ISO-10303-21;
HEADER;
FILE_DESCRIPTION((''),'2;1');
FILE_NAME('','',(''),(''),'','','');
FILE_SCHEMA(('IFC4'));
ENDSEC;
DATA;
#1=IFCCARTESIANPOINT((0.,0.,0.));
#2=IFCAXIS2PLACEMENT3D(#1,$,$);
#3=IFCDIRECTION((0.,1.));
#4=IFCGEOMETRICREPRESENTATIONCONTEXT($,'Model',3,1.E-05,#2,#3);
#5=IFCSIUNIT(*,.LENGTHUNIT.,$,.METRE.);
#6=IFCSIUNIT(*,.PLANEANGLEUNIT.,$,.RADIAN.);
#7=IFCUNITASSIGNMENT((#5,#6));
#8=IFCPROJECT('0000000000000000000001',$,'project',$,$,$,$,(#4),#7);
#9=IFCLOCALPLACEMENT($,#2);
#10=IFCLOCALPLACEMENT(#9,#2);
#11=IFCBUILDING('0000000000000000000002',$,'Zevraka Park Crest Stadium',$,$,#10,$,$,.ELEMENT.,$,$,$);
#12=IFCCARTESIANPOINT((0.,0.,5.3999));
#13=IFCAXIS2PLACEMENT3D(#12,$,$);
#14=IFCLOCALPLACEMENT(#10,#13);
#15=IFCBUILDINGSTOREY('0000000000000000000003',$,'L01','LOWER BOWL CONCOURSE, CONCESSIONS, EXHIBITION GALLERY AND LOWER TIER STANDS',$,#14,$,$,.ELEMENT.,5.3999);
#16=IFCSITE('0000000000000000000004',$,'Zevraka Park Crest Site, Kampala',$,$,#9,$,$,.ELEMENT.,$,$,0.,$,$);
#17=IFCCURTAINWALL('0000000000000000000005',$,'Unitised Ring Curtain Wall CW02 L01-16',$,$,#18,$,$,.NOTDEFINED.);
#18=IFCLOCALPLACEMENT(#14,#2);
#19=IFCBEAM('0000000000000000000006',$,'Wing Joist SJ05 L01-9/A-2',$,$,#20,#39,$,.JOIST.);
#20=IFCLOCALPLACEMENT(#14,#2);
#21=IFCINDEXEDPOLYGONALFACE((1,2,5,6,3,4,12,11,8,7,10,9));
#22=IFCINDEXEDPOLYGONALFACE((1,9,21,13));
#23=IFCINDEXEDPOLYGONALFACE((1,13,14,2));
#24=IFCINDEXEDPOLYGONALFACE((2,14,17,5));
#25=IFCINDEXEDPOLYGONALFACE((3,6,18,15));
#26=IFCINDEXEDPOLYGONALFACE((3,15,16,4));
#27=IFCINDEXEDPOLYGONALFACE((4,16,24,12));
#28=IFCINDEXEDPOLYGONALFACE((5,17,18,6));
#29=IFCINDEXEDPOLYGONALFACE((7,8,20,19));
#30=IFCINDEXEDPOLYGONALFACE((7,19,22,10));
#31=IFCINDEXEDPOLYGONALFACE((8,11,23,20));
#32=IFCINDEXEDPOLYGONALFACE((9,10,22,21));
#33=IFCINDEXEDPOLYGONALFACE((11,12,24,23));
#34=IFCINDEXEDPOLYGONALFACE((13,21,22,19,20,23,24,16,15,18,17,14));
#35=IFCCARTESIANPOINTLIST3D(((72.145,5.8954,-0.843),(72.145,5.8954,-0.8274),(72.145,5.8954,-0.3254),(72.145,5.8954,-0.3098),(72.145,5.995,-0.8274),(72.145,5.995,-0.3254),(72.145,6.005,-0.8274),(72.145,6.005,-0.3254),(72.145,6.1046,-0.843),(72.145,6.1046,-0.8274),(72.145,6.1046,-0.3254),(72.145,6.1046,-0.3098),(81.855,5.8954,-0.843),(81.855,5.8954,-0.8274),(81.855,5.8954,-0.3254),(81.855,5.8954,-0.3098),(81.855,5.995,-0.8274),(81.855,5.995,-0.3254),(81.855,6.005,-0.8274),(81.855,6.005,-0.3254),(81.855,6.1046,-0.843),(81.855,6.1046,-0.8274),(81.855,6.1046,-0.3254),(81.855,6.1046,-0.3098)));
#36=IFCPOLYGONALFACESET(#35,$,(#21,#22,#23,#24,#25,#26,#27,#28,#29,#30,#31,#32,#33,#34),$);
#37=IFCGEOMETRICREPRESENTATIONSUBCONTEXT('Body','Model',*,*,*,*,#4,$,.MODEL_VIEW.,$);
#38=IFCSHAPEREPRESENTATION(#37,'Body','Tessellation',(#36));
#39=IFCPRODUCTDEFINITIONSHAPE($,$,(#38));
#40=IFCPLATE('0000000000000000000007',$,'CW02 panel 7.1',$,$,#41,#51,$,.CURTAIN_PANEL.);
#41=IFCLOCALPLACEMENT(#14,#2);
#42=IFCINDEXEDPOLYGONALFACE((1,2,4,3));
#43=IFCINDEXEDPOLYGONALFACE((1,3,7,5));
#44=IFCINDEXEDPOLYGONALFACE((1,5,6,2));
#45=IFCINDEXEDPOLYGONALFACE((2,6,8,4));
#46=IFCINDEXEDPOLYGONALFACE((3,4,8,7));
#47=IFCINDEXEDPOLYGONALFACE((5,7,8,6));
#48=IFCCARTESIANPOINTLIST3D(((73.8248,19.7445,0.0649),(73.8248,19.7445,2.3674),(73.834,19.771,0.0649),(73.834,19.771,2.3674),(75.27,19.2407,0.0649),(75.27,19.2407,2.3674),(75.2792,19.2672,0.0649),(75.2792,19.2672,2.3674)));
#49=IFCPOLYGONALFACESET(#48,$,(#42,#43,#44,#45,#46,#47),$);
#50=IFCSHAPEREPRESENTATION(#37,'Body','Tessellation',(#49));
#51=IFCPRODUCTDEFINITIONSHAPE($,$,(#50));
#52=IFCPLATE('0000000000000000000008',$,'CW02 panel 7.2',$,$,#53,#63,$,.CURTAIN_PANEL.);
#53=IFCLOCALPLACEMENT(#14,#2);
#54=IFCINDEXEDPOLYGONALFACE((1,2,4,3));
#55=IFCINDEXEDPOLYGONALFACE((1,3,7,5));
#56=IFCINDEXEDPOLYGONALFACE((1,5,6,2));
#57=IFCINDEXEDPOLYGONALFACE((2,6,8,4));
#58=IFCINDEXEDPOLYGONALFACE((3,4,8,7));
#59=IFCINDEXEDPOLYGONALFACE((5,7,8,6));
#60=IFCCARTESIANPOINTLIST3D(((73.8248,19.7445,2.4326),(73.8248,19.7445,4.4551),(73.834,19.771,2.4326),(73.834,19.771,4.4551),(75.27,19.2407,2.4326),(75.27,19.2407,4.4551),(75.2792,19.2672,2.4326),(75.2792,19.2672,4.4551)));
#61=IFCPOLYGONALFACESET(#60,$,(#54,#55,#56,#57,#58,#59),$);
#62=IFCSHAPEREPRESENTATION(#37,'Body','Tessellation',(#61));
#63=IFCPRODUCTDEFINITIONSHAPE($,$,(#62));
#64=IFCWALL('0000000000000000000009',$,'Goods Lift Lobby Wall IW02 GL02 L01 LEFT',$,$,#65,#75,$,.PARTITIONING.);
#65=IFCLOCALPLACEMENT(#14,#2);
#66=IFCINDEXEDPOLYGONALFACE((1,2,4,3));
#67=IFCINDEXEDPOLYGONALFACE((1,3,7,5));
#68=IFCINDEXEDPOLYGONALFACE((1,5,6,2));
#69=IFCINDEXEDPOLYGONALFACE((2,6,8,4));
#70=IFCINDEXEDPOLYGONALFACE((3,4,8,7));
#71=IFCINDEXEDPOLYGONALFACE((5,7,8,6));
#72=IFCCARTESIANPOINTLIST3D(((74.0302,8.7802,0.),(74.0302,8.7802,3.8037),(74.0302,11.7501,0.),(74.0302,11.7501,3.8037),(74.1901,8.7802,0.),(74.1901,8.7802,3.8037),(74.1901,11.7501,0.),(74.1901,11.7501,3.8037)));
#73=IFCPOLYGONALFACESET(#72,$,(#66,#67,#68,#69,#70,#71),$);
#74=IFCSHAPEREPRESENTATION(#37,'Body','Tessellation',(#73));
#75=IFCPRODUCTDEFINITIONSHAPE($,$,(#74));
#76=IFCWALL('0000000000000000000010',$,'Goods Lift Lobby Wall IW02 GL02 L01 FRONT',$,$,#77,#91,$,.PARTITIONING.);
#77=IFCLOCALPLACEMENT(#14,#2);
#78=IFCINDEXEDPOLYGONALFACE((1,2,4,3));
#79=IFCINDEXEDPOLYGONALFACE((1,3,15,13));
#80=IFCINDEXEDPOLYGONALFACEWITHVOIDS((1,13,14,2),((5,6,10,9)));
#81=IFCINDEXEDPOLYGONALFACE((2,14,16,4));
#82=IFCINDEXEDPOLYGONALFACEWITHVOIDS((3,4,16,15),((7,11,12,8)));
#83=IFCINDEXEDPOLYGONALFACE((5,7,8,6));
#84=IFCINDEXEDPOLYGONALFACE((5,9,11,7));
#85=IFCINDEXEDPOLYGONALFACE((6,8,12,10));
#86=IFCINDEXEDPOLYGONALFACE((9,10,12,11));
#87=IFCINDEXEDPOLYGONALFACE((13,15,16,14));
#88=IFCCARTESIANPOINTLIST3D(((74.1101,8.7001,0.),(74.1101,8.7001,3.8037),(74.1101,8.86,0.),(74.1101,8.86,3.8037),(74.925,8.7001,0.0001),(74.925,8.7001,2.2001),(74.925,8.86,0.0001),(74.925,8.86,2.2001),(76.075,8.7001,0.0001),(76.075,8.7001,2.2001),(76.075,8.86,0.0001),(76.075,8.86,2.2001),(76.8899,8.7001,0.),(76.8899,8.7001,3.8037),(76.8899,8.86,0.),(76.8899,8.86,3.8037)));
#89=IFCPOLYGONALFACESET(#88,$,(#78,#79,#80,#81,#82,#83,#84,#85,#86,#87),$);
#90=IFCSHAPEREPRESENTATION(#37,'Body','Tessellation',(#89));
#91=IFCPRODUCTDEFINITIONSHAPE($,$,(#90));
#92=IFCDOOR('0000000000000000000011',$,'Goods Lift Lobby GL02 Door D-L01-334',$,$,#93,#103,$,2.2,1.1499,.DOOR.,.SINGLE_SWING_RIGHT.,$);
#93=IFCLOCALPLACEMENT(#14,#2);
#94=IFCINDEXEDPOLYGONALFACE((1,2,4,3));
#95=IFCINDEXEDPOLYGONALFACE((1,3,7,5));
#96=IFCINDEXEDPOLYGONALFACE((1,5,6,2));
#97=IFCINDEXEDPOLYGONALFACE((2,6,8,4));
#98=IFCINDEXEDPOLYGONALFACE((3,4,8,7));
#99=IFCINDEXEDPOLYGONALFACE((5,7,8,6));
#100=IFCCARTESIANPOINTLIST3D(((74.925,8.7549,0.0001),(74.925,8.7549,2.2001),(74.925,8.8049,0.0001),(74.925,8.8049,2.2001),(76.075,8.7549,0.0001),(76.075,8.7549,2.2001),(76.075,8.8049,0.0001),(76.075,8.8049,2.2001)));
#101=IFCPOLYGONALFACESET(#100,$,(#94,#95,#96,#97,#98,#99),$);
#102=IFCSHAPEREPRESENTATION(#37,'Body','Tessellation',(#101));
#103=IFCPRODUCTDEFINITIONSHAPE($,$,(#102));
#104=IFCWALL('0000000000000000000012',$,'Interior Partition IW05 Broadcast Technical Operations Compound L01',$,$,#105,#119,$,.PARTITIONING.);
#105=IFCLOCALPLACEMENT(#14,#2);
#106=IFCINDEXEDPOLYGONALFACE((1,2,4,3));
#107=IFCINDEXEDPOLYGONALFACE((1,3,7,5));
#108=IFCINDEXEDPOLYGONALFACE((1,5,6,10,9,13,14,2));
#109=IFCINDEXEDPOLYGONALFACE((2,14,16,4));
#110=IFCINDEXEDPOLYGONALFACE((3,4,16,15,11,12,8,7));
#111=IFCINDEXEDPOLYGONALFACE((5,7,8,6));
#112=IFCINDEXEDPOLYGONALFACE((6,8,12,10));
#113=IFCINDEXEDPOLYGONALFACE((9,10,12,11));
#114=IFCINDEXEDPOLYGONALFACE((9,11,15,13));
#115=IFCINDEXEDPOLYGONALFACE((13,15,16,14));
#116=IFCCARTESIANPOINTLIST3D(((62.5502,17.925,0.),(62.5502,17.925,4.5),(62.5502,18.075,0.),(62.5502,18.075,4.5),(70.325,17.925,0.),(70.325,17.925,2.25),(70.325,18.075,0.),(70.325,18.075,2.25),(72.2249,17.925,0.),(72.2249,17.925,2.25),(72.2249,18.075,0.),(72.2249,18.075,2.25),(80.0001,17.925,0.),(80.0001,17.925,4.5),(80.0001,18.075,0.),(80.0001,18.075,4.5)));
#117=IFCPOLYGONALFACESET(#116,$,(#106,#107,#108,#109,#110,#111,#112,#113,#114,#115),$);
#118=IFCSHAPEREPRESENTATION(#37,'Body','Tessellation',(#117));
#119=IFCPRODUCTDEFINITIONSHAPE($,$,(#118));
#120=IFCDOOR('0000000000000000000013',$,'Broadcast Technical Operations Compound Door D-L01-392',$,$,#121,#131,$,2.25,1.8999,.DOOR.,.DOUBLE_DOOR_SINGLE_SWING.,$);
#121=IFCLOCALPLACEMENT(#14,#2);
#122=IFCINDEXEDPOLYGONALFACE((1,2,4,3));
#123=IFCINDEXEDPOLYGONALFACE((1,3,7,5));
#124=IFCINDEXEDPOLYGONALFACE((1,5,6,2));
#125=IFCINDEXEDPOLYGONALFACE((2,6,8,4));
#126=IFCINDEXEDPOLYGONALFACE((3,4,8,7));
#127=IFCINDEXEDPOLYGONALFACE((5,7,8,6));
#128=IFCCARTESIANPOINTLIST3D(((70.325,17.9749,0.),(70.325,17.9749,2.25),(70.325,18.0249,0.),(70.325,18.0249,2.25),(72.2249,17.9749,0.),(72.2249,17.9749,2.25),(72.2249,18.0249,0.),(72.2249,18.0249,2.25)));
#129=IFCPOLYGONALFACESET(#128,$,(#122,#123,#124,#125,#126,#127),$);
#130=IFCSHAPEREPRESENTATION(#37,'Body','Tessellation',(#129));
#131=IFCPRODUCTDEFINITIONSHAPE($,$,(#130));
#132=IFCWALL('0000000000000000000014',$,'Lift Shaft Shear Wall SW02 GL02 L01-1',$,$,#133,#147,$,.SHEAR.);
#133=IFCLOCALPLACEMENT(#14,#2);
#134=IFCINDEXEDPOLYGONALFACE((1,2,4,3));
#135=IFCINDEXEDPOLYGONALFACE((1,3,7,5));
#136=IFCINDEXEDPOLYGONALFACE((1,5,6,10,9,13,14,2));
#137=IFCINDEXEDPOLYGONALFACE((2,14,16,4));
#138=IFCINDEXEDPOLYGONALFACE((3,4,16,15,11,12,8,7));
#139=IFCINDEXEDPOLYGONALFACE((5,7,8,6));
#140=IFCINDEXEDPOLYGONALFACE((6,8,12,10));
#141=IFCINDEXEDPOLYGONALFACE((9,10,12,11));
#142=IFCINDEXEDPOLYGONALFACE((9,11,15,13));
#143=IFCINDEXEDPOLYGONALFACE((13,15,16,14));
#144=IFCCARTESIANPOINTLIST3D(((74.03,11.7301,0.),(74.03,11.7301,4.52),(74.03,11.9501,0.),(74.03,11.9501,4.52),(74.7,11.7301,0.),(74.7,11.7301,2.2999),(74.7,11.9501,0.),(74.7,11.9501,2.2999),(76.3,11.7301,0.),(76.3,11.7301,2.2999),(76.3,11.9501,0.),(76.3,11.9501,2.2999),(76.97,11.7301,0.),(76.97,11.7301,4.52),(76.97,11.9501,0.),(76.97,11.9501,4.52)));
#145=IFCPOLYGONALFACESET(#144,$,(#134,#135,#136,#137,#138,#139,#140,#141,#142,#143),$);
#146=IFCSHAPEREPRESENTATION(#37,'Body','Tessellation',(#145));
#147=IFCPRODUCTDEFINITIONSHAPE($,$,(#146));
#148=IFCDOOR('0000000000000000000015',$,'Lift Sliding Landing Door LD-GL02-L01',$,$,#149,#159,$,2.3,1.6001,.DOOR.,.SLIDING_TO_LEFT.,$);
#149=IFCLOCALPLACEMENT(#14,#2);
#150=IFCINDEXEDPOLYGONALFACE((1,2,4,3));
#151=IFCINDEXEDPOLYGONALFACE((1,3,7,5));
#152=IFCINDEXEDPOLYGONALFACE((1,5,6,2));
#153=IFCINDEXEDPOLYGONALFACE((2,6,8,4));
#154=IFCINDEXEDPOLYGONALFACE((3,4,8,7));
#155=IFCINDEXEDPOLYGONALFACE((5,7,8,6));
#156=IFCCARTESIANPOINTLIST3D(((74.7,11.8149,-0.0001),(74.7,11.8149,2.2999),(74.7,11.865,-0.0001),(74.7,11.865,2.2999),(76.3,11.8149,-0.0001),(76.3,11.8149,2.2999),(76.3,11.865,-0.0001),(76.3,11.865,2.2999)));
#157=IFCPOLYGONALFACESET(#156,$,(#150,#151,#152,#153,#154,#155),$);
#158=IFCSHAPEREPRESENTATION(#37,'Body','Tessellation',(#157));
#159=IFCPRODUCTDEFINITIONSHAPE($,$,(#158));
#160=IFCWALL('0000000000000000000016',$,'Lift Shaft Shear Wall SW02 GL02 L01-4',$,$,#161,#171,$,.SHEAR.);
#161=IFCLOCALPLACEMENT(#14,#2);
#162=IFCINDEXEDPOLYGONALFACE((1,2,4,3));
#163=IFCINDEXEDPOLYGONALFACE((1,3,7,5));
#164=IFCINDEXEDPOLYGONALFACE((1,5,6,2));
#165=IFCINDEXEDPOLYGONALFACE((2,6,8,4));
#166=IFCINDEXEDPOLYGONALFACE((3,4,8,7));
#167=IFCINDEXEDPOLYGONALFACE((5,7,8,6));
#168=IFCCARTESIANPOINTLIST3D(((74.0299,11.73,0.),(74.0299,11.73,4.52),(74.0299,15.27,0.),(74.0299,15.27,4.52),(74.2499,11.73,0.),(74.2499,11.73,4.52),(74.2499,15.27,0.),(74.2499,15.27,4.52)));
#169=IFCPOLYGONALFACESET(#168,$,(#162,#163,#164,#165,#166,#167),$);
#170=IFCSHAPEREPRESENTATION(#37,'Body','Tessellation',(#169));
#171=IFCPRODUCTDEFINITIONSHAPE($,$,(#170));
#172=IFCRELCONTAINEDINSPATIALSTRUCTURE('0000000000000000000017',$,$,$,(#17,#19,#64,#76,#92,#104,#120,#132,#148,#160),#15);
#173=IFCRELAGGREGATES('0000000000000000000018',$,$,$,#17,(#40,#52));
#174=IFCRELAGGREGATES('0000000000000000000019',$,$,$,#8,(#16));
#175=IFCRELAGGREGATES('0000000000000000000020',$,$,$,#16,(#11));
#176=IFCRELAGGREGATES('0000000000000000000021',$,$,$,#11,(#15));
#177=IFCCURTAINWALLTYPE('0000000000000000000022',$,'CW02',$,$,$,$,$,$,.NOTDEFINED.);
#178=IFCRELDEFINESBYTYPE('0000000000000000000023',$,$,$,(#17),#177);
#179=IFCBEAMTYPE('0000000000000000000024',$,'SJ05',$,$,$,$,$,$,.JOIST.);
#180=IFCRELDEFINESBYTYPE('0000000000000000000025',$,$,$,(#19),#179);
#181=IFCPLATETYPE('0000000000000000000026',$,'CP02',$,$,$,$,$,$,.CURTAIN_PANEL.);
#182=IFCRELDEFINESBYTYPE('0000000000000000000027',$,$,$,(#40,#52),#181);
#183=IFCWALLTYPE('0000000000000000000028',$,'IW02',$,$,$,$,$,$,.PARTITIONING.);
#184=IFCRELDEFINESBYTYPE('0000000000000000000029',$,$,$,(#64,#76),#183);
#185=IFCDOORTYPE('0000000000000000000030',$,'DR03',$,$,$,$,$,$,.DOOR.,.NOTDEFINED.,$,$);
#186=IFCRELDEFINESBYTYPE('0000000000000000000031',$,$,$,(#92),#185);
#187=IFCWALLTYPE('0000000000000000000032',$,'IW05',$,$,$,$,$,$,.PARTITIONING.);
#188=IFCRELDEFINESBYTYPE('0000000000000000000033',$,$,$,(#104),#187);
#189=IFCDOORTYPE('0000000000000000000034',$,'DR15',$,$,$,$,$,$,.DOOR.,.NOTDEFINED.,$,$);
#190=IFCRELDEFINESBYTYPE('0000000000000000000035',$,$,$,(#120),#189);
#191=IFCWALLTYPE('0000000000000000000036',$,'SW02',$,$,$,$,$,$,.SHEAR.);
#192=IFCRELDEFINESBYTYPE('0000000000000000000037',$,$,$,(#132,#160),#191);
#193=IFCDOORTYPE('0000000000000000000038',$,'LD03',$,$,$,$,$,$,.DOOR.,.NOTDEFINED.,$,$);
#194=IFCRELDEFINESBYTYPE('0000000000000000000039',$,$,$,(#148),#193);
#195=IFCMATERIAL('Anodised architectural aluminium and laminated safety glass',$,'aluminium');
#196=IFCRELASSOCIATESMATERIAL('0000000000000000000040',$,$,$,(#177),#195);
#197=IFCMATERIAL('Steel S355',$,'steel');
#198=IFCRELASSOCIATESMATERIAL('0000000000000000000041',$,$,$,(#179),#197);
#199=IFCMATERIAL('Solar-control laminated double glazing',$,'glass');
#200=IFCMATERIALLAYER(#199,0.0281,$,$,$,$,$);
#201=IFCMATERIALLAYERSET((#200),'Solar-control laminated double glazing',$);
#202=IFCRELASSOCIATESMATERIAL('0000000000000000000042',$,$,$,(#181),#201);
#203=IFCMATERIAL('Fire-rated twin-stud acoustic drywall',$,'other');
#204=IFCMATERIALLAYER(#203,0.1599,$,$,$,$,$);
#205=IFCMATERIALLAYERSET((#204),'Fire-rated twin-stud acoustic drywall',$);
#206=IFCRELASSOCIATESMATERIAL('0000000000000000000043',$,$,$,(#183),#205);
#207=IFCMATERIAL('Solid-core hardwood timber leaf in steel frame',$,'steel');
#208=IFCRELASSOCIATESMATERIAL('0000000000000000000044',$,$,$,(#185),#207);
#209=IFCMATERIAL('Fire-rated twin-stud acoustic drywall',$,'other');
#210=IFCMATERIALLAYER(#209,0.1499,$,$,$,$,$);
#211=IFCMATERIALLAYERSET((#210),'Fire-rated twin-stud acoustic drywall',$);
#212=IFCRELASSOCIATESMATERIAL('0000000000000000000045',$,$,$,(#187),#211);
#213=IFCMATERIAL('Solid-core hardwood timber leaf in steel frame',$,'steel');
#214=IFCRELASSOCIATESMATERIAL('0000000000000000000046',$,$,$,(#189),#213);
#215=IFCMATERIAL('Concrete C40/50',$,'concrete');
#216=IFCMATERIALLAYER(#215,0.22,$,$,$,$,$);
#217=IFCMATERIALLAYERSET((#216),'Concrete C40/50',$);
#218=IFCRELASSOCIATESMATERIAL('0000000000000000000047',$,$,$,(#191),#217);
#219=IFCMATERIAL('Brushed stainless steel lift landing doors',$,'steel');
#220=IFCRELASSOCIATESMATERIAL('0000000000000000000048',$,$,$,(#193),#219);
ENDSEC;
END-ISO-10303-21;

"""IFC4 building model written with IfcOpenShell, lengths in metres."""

from ifc_helpers import new_model, si_unit, direction, frame, frame_2d, origin, origin_2d, place, context, subcontext, project, spatial, rectangle, i_section, extrude, material, layer, layer_set, material_profile, profile_set, type_object, element, fill, aggregate, save


model = new_model("IFC4")

# Units and contexts
model_context = context("Model", 3, precision=1e-05, world=origin(), true_north=direction((0.0, 1.0)))
body_context = subcontext(model_context, "Body", "Model", "MODEL_VIEW")
ifc_project = project(units=[si_unit("LENGTHUNIT", "METRE"), si_unit("PLANEANGLEUNIT", "RADIAN")], contexts=[model_context])

# Site, building, storey
site_placement = place(None, origin())
site = spatial("IfcSite", under=ifc_project, at=site_placement, Name="Zevraka Park Crest Site, Kampala", CompositionType="ELEMENT", RefElevation=0.0)
building_placement = place(site_placement, origin())
building = spatial("IfcBuilding", under=site, at=building_placement, Name="Zevraka Park Crest Stadium", CompositionType="ELEMENT")
storey_placement = place(building_placement, frame((0.0, 0.0, 5.3999)))
storey = spatial("IfcBuildingStorey", under=building, at=storey_placement, Name="L01", Description="LOWER BOWL CONCOURSE, CONCESSIONS, EXHIBITION GALLERY AND LOWER TIER STANDS", CompositionType="ELEMENT", Elevation=5.3999)

# Curtain wall
ifc_material_1 = material(Name="Anodised architectural aluminium and laminated safety glass", Category="aluminium")
curtain_wall_type = type_object("IfcCurtainWallType", Name="CW02", PredefinedType="NOTDEFINED", material=ifc_material_1)
curtain_wall_placement = place(storey_placement, origin())
curtain_wall = element("IfcCurtainWall", 1, at=curtain_wall_placement, inside=storey, type_object=curtain_wall_type, Name="Unitised Ring Curtain Wall CW02 L01-16", PredefinedType="NOTDEFINED")

# Beam
ifc_material_2 = material(Name="Steel S355", Category="steel")
ifc_material_profile_1 = material_profile(ifc_material_2, i_section(OverallWidth=0.2092, OverallDepth=0.5332, WebThickness=0.01, FlangeThickness=0.0156, at=origin_2d()), Name="UKB 533x210x92")
ifc_profile_set_1 = profile_set([ifc_material_profile_1], Name="Steel S355")
beam_type_1 = type_object("IfcBeamType", Name="SJ05", PredefinedType="JOIST", material=ifc_profile_set_1)
beam_1_placement = place(storey_placement, frame((72.145, 6.0, -0.5764), z_axis=(1.0, 0.0, 0.0), x_axis=(0.0, 1.0, 0.0)))
element("IfcBeam", 2, at=beam_1_placement, inside=storey, type_object=beam_type_1, Name="Wing Joist SJ05 L01-9/A-2", PredefinedType="JOIST", context=body_context, shape_type="SweptSolid", body=[
    extrude(i_section(OverallWidth=0.2092, OverallDepth=0.5332, WebThickness=0.01, FlangeThickness=0.0156, at=origin_2d()), origin(), (0.0, 0.0, 1.0), 9.71),
])

# Plates
ifc_material_3 = material(Name="Solar-control laminated double glazing", Category="glass")
ifc_layer_1 = layer(ifc_material_3, 0.0281)
ifc_layer_set_1 = layer_set([ifc_layer_1], Name="Solar-control laminated double glazing")
plate_type = type_object("IfcPlateType", Name="CP02", PredefinedType="CURTAIN_PANEL", material=ifc_layer_set_1)
plate_1_placement = place(storey_placement, frame((74.552, 19.5059, 0.0649), z_axis=(0.0, 0.0, 1.0), x_axis=(0.944257, -0.329209, 0.0)))
plate_1 = element("IfcPlate", 3, at=plate_1_placement, type_object=plate_type, Name="CW02 panel 7.1", PredefinedType="CURTAIN_PANEL", context=body_context, shape_type="SweptSolid", body=[
    extrude(rectangle(XDim=1.5305, YDim=0.0281, at=origin_2d()), origin(), (0.0, 0.0, 1.0), 2.3025),
])
plate_2_placement = place(storey_placement, frame((74.552, 19.5059, 2.4326), z_axis=(0.0, 0.0, 1.0), x_axis=(0.944257, -0.329209, 0.0)))
plate_2 = element("IfcPlate", 4, at=plate_2_placement, type_object=plate_type, Name="CW02 panel 7.2", PredefinedType="CURTAIN_PANEL", context=body_context, shape_type="SweptSolid", body=[
    extrude(rectangle(XDim=1.5305, YDim=0.0281, at=origin_2d()), origin(), (0.0, 0.0, 1.0), 2.0225),
])
aggregate(curtain_wall, [plate_1, plate_2])

# Wall
ifc_material_4 = material(Name="Fire-rated twin-stud acoustic drywall", Category="other")
ifc_layer_2 = layer(ifc_material_4, 0.1599)
ifc_layer_set_2 = layer_set([ifc_layer_2], Name="Fire-rated twin-stud acoustic drywall")
wall_type_1 = type_object("IfcWallType", Name="IW02", PredefinedType="PARTITIONING", material=ifc_layer_set_2)
wall_1_placement = place(storey_placement, frame((74.1101, 11.75, 0.0), z_axis=(0.0, 0.0, 1.0), x_axis=(0.0, -1.0, 0.0)))
element("IfcWall", 5, at=wall_1_placement, inside=storey, type_object=wall_type_1, Name="Goods Lift Lobby Wall IW02 GL02 L01 LEFT", PredefinedType="PARTITIONING", context=body_context, shape_type="SweptSolid", body=[
    extrude(rectangle(XDim=2.97, YDim=0.1599, at=frame_2d((1.4849, 0.0))), origin(), (0.0, 0.0, 1.0), 3.8037),
])

# Walls, openings, doors
wall_2_placement = place(storey_placement, frame((74.1101, 8.78, 0.0), z_axis=(0.0, 0.0, 1.0), x_axis=(1.0, 0.0, 0.0)))
wall_2 = element("IfcWall", 6, at=wall_2_placement, inside=storey, type_object=wall_type_1, Name="Goods Lift Lobby Wall IW02 GL02 L01 FRONT", PredefinedType="PARTITIONING", context=body_context, shape_type="SweptSolid", body=[
    extrude(rectangle(XDim=2.7798, YDim=0.1599, at=frame_2d((1.3899, 0.0))), origin(), (0.0, 0.0, 1.0), 3.8037),
])
opening_1_placement = place(wall_2_placement, frame((0.8149, 0.0, 0.0)))
opening_1 = element("IfcOpeningElement", 7, at=opening_1_placement, cuts=wall_2, PredefinedType="OPENING", context=body_context, shape_type="SweptSolid", body=[
    extrude(rectangle(XDim=1.1499, YDim=2.2, at=frame_2d((0.575, 1.1001))), frame((0.0, 0.0898, 0.0), z_axis=(0.0, -1.0, 0.0), x_axis=(1.0, 0.0, 0.0)), (0.0, 0.0, 1.0), 0.1799),
])
ifc_material_5 = material(Name="Solid-core hardwood timber leaf in steel frame", Category="steel")
door_type_1 = type_object("IfcDoorType", Name="DR03", OperationType="NOTDEFINED", PredefinedType="DOOR", material=ifc_material_5)
door_1_placement = place(opening_1_placement, origin())
door_1 = element("IfcDoor", 8, at=door_1_placement, inside=storey, type_object=door_type_1, Name="Goods Lift Lobby GL02 Door D-L01-334", OperationType="SINGLE_SWING_RIGHT", OverallHeight=2.2, OverallWidth=1.1499, PredefinedType="DOOR", context=body_context, shape_type="SweptSolid", body=[
    extrude(rectangle(XDim=1.1499, YDim=2.2, at=frame_2d((0.575, 1.1001))), frame((0.0, 0.0249, 0.0), z_axis=(0.0, -1.0, 0.0), x_axis=(1.0, 0.0, 0.0)), (0.0, 0.0, 1.0), 0.05),
])
fill(opening_1, door_1)
ifc_material_6 = material(Name="Fire-rated twin-stud acoustic drywall", Category="other")
ifc_layer_3 = layer(ifc_material_6, 0.1499)
ifc_layer_set_3 = layer_set([ifc_layer_3], Name="Fire-rated twin-stud acoustic drywall")
wall_type_2 = type_object("IfcWallType", Name="IW05", PredefinedType="PARTITIONING", material=ifc_layer_set_3)
wall_3_placement = place(storey_placement, frame((62.55, 18.0, 0.0), z_axis=(0.0, 0.0, 1.0), x_axis=(1.0, 0.0, 0.0)))
wall_3 = element("IfcWall", 9, at=wall_3_placement, inside=storey, type_object=wall_type_2, Name="Interior Partition IW05 Broadcast Technical Operations Compound L01", PredefinedType="PARTITIONING", context=body_context, shape_type="SweptSolid", body=[
    extrude(rectangle(XDim=17.45, YDim=0.1499, at=frame_2d((8.7251, 0.0))), origin(), (0.0, 0.0, 1.0), 4.5),
])
opening_2_placement = place(wall_3_placement, frame((7.7749, 0.0, 0.0)))
opening_2 = element("IfcOpeningElement", 10, at=opening_2_placement, cuts=wall_3, PredefinedType="OPENING", context=body_context, shape_type="SweptSolid", body=[
    extrude(rectangle(XDim=1.8999, YDim=2.25, at=frame_2d((0.95, 1.125))), frame((0.0, 0.085, 0.0), z_axis=(0.0, -1.0, 0.0), x_axis=(1.0, 0.0, 0.0)), (0.0, 0.0, 1.0), 0.1699),
])
ifc_material_7 = material(Name="Solid-core hardwood timber leaf in steel frame", Category="steel")
door_type_2 = type_object("IfcDoorType", Name="DR15", OperationType="NOTDEFINED", PredefinedType="DOOR", material=ifc_material_7)
door_2_placement = place(opening_2_placement, origin())
door_2 = element("IfcDoor", 11, at=door_2_placement, inside=storey, type_object=door_type_2, Name="Broadcast Technical Operations Compound Door D-L01-392", OperationType="DOUBLE_DOOR_SINGLE_SWING", OverallHeight=2.25, OverallWidth=1.8999, PredefinedType="DOOR", context=body_context, shape_type="SweptSolid", body=[
    extrude(rectangle(XDim=1.8999, YDim=2.25, at=frame_2d((0.95, 1.125))), frame((0.0, 0.0249, 0.0), z_axis=(0.0, -1.0, 0.0), x_axis=(1.0, 0.0, 0.0)), (0.0, 0.0, 1.0), 0.05),
])
fill(opening_2, door_2)
ifc_material_8 = material(Name="Concrete C40/50", Category="concrete")
ifc_layer_4 = layer(ifc_material_8, 0.22)
ifc_layer_set_4 = layer_set([ifc_layer_4], Name="Concrete C40/50")
wall_type_3 = type_object("IfcWallType", Name="SW02", PredefinedType="SHEAR", material=ifc_layer_set_4)
wall_4_placement = place(storey_placement, frame((74.03, 11.8401, 0.0), z_axis=(0.0, 0.0, 1.0), x_axis=(1.0, 0.0, 0.0)))
wall_4 = element("IfcWall", 12, at=wall_4_placement, inside=storey, type_object=wall_type_3, Name="Lift Shaft Shear Wall SW02 GL02 L01-1", PredefinedType="SHEAR", context=body_context, shape_type="SweptSolid", body=[
    extrude(rectangle(XDim=2.9399, YDim=0.22, at=frame_2d((1.47, 0.0))), origin(), (0.0, 0.0, 1.0), 4.52),
])
opening_3_placement = place(wall_4_placement, frame((0.6699, 0.0, 0.0)))
opening_3 = element("IfcOpeningElement", 13, at=opening_3_placement, cuts=wall_4, PredefinedType="OPENING", context=body_context, shape_type="SweptSolid", body=[
    extrude(rectangle(XDim=1.6001, YDim=2.3, at=frame_2d((0.8, 1.1499))), frame((0.0, 0.1199, 0.0), z_axis=(0.0, -1.0, 0.0), x_axis=(1.0, 0.0, 0.0)), (0.0, 0.0, 1.0), 0.24),
])
ifc_material_9 = material(Name="Brushed stainless steel lift landing doors", Category="steel")
door_type_3 = type_object("IfcDoorType", Name="LD03", OperationType="NOTDEFINED", PredefinedType="DOOR", material=ifc_material_9)
door_3_placement = place(opening_3_placement, origin())
door_3 = element("IfcDoor", 14, at=door_3_placement, inside=storey, type_object=door_type_3, Name="Lift Sliding Landing Door LD-GL02-L01", OperationType="SLIDING_TO_LEFT", OverallHeight=2.3, OverallWidth=1.6001, PredefinedType="DOOR", context=body_context, shape_type="SweptSolid", body=[
    extrude(rectangle(XDim=1.6001, YDim=2.3, at=frame_2d((0.8, 1.1499))), frame((0.0, 0.0249, 0.0), z_axis=(0.0, -1.0, 0.0), x_axis=(1.0, 0.0, 0.0)), (0.0, 0.0, 1.0), 0.05),
])
fill(opening_3, door_3)

# Wall
wall_5_placement = place(storey_placement, frame((74.1399, 15.27, 0.0), z_axis=(0.0, 0.0, 1.0), x_axis=(0.0, -1.0, 0.0)))
element("IfcWall", 15, at=wall_5_placement, inside=storey, type_object=wall_type_3, Name="Lift Shaft Shear Wall SW02 GL02 L01-4", PredefinedType="SHEAR", context=body_context, shape_type="SweptSolid", body=[
    extrude(rectangle(XDim=3.54, YDim=0.22, at=frame_2d((1.77, 0.0))), origin(), (0.0, 0.0, 1.0), 4.52),
])

save(model, "model.ifc")
